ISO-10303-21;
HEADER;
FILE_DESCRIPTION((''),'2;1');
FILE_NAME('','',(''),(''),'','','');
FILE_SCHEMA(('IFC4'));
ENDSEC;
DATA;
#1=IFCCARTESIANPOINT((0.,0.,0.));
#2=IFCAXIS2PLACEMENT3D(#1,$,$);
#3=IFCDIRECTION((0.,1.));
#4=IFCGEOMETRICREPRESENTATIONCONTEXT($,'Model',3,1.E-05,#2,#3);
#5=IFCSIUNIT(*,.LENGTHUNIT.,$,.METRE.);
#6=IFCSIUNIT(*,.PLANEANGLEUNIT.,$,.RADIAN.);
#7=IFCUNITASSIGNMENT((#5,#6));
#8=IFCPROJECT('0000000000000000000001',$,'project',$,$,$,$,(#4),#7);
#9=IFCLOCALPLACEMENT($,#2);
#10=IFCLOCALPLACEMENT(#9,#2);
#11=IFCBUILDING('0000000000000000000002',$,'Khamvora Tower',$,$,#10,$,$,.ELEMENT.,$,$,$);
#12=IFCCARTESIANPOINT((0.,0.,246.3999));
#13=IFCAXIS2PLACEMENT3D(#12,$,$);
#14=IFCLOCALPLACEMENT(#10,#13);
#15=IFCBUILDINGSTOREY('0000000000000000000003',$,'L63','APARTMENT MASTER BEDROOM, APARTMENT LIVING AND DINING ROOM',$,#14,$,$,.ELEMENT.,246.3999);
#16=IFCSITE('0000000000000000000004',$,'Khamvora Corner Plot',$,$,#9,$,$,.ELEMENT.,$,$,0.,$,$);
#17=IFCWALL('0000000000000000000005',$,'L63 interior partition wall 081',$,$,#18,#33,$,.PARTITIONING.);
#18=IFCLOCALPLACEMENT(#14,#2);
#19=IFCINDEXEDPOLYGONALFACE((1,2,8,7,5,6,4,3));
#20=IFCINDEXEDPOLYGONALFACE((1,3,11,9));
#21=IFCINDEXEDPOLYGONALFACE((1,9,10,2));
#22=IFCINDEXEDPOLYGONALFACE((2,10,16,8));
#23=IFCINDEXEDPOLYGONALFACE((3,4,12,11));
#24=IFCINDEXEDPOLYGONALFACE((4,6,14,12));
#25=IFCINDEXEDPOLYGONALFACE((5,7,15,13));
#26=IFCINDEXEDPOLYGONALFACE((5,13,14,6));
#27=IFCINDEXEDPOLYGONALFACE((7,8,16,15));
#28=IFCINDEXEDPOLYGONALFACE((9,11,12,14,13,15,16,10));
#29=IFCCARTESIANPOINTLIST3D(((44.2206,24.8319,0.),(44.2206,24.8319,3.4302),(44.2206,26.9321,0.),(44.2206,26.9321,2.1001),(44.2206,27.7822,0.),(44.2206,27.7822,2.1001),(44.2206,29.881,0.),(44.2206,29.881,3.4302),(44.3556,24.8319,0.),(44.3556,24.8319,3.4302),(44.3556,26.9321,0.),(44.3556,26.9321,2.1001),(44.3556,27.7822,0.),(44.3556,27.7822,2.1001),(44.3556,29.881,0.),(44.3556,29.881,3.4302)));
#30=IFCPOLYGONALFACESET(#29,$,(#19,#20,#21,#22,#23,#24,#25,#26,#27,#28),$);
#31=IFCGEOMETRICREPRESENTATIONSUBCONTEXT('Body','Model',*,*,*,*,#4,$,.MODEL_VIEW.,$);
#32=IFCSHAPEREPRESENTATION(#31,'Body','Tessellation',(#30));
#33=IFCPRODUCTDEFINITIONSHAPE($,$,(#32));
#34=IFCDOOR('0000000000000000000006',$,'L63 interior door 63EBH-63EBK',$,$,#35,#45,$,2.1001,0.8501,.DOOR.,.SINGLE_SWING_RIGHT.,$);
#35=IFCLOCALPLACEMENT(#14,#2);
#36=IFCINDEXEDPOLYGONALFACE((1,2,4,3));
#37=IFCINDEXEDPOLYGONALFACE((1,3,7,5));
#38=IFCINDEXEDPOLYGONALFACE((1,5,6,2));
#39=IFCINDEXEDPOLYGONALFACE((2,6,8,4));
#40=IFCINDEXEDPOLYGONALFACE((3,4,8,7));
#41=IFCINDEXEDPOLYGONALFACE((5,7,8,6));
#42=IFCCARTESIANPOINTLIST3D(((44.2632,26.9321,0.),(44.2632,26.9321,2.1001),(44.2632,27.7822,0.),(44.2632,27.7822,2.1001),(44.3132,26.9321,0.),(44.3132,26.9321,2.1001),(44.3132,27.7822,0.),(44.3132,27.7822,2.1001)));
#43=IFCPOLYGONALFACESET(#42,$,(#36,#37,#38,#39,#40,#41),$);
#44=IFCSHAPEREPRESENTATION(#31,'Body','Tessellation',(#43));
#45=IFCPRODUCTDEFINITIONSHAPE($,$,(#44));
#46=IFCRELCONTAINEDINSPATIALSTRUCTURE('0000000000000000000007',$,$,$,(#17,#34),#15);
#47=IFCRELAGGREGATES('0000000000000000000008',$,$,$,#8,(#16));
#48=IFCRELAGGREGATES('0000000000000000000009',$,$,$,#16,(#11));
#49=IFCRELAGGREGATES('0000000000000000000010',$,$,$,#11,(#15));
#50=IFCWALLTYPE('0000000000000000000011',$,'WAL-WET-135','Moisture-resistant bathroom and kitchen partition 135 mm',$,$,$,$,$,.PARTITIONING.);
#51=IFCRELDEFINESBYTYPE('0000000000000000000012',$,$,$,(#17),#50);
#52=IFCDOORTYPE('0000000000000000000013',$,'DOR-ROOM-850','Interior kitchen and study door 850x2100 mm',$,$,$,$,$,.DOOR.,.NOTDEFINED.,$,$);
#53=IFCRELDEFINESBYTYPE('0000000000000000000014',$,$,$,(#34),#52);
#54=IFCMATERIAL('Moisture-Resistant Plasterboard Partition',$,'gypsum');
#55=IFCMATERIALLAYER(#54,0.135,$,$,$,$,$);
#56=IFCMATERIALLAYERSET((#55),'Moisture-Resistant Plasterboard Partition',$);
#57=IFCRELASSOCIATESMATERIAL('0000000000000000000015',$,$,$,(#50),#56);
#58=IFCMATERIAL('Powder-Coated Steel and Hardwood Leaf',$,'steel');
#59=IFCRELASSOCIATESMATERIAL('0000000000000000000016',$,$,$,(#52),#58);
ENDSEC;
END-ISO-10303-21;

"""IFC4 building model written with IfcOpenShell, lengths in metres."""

from ifc_helpers import new_model, si_unit, direction, frame, frame_2d, origin, place, context, subcontext, project, spatial, rectangle, extrude, material, layer, layer_set, type_object, element, fill, save


model = new_model("IFC4")

# Units and contexts
model_context = context("Model", 3, precision=1e-05, world=origin(), true_north=direction((0.0, 1.0)))
body_context = subcontext(model_context, "Body", "Model", "MODEL_VIEW")
ifc_project = project(units=[si_unit("LENGTHUNIT", "METRE"), si_unit("PLANEANGLEUNIT", "RADIAN")], contexts=[model_context])

# Site, building, storey
site_placement = place(None, origin())
site = spatial("IfcSite", under=ifc_project, at=site_placement, Name="Khamvora Corner Plot", CompositionType="ELEMENT", RefElevation=0.0)
building_placement = place(site_placement, origin())
building = spatial("IfcBuilding", under=site, at=building_placement, Name="Khamvora Tower", CompositionType="ELEMENT")
storey_placement = place(building_placement, frame((0.0, 0.0, 246.3999)))
storey = spatial("IfcBuildingStorey", under=building, at=storey_placement, Name="L63", Description="APARTMENT MASTER BEDROOM, APARTMENT LIVING AND DINING ROOM", CompositionType="ELEMENT", Elevation=246.3999)

# Shared definitions
ifc_material_1 = material(Name="Powder-Coated Steel and Hardwood Leaf", Category="steel")

# Shared definitions
ifc_material_2 = material(Name="Moisture-Resistant Plasterboard Partition", Category="gypsum")
ifc_layer_1 = layer(ifc_material_2, 0.135)
ifc_layer_set_1 = layer_set([ifc_layer_1], Name="Moisture-Resistant Plasterboard Partition")
wall_type_1 = type_object("IfcWallType", Name="WAL-WET-135", Description="Moisture-resistant bathroom and kitchen partition 135 mm", PredefinedType="PARTITIONING", material=ifc_layer_set_1)

# Wall, opening, door
wall_1_placement = place(storey_placement, frame((44.2881, 24.832, 0.0), z_axis=(0.0, 0.0, 1.0), x_axis=(0.0, 1.0, 0.0)))
wall_1 = element("IfcWall", 1, at=wall_1_placement, inside=storey, type_object=wall_type_1, Name="L63 interior partition wall 081", PredefinedType="PARTITIONING", context=body_context, shape_type="SweptSolid", body=[
    extrude(rectangle(XDim=5.0491, YDim=0.135, at=frame_2d((2.5244, 0.0))), origin(), (0.0, 0.0, 1.0), 3.4302),
])
opening_1_placement = place(wall_1_placement, frame((2.1001, 0.0, 0.0)))
opening_1 = element("IfcOpeningElement", 2, at=opening_1_placement, cuts=wall_1, PredefinedType="OPENING", context=body_context, shape_type="SweptSolid", body=[
    extrude(rectangle(XDim=0.8501, YDim=2.1001, at=frame_2d((0.425, 1.05))), frame((0.0, 0.0774, 0.0), z_axis=(0.0, -1.0, 0.0), x_axis=(1.0, 0.0, 0.0)), (0.0, 0.0, 1.0), 0.155),
])
door_type_1 = type_object("IfcDoorType", Name="DOR-ROOM-850", Description="Interior kitchen and study door 850x2100 mm", OperationType="NOTDEFINED", PredefinedType="DOOR", material=ifc_material_1)
door_1_placement = place(opening_1_placement, origin())
door_1 = element("IfcDoor", 3, at=door_1_placement, inside=storey, type_object=door_type_1, Name="L63 interior door 63EBH-63EBK", OperationType="SINGLE_SWING_RIGHT", OverallHeight=2.1001, OverallWidth=0.8501, PredefinedType="DOOR", context=body_context, shape_type="SweptSolid", body=[
    extrude(rectangle(XDim=0.8501, YDim=2.1001, at=frame_2d((0.425, 1.05))), frame((0.0, 0.0249, 0.0), z_axis=(0.0, -1.0, 0.0), x_axis=(1.0, 0.0, 0.0)), (0.0, 0.0, 1.0), 0.05),
])
fill(opening_1, door_1)

save(model, "model.ifc")
